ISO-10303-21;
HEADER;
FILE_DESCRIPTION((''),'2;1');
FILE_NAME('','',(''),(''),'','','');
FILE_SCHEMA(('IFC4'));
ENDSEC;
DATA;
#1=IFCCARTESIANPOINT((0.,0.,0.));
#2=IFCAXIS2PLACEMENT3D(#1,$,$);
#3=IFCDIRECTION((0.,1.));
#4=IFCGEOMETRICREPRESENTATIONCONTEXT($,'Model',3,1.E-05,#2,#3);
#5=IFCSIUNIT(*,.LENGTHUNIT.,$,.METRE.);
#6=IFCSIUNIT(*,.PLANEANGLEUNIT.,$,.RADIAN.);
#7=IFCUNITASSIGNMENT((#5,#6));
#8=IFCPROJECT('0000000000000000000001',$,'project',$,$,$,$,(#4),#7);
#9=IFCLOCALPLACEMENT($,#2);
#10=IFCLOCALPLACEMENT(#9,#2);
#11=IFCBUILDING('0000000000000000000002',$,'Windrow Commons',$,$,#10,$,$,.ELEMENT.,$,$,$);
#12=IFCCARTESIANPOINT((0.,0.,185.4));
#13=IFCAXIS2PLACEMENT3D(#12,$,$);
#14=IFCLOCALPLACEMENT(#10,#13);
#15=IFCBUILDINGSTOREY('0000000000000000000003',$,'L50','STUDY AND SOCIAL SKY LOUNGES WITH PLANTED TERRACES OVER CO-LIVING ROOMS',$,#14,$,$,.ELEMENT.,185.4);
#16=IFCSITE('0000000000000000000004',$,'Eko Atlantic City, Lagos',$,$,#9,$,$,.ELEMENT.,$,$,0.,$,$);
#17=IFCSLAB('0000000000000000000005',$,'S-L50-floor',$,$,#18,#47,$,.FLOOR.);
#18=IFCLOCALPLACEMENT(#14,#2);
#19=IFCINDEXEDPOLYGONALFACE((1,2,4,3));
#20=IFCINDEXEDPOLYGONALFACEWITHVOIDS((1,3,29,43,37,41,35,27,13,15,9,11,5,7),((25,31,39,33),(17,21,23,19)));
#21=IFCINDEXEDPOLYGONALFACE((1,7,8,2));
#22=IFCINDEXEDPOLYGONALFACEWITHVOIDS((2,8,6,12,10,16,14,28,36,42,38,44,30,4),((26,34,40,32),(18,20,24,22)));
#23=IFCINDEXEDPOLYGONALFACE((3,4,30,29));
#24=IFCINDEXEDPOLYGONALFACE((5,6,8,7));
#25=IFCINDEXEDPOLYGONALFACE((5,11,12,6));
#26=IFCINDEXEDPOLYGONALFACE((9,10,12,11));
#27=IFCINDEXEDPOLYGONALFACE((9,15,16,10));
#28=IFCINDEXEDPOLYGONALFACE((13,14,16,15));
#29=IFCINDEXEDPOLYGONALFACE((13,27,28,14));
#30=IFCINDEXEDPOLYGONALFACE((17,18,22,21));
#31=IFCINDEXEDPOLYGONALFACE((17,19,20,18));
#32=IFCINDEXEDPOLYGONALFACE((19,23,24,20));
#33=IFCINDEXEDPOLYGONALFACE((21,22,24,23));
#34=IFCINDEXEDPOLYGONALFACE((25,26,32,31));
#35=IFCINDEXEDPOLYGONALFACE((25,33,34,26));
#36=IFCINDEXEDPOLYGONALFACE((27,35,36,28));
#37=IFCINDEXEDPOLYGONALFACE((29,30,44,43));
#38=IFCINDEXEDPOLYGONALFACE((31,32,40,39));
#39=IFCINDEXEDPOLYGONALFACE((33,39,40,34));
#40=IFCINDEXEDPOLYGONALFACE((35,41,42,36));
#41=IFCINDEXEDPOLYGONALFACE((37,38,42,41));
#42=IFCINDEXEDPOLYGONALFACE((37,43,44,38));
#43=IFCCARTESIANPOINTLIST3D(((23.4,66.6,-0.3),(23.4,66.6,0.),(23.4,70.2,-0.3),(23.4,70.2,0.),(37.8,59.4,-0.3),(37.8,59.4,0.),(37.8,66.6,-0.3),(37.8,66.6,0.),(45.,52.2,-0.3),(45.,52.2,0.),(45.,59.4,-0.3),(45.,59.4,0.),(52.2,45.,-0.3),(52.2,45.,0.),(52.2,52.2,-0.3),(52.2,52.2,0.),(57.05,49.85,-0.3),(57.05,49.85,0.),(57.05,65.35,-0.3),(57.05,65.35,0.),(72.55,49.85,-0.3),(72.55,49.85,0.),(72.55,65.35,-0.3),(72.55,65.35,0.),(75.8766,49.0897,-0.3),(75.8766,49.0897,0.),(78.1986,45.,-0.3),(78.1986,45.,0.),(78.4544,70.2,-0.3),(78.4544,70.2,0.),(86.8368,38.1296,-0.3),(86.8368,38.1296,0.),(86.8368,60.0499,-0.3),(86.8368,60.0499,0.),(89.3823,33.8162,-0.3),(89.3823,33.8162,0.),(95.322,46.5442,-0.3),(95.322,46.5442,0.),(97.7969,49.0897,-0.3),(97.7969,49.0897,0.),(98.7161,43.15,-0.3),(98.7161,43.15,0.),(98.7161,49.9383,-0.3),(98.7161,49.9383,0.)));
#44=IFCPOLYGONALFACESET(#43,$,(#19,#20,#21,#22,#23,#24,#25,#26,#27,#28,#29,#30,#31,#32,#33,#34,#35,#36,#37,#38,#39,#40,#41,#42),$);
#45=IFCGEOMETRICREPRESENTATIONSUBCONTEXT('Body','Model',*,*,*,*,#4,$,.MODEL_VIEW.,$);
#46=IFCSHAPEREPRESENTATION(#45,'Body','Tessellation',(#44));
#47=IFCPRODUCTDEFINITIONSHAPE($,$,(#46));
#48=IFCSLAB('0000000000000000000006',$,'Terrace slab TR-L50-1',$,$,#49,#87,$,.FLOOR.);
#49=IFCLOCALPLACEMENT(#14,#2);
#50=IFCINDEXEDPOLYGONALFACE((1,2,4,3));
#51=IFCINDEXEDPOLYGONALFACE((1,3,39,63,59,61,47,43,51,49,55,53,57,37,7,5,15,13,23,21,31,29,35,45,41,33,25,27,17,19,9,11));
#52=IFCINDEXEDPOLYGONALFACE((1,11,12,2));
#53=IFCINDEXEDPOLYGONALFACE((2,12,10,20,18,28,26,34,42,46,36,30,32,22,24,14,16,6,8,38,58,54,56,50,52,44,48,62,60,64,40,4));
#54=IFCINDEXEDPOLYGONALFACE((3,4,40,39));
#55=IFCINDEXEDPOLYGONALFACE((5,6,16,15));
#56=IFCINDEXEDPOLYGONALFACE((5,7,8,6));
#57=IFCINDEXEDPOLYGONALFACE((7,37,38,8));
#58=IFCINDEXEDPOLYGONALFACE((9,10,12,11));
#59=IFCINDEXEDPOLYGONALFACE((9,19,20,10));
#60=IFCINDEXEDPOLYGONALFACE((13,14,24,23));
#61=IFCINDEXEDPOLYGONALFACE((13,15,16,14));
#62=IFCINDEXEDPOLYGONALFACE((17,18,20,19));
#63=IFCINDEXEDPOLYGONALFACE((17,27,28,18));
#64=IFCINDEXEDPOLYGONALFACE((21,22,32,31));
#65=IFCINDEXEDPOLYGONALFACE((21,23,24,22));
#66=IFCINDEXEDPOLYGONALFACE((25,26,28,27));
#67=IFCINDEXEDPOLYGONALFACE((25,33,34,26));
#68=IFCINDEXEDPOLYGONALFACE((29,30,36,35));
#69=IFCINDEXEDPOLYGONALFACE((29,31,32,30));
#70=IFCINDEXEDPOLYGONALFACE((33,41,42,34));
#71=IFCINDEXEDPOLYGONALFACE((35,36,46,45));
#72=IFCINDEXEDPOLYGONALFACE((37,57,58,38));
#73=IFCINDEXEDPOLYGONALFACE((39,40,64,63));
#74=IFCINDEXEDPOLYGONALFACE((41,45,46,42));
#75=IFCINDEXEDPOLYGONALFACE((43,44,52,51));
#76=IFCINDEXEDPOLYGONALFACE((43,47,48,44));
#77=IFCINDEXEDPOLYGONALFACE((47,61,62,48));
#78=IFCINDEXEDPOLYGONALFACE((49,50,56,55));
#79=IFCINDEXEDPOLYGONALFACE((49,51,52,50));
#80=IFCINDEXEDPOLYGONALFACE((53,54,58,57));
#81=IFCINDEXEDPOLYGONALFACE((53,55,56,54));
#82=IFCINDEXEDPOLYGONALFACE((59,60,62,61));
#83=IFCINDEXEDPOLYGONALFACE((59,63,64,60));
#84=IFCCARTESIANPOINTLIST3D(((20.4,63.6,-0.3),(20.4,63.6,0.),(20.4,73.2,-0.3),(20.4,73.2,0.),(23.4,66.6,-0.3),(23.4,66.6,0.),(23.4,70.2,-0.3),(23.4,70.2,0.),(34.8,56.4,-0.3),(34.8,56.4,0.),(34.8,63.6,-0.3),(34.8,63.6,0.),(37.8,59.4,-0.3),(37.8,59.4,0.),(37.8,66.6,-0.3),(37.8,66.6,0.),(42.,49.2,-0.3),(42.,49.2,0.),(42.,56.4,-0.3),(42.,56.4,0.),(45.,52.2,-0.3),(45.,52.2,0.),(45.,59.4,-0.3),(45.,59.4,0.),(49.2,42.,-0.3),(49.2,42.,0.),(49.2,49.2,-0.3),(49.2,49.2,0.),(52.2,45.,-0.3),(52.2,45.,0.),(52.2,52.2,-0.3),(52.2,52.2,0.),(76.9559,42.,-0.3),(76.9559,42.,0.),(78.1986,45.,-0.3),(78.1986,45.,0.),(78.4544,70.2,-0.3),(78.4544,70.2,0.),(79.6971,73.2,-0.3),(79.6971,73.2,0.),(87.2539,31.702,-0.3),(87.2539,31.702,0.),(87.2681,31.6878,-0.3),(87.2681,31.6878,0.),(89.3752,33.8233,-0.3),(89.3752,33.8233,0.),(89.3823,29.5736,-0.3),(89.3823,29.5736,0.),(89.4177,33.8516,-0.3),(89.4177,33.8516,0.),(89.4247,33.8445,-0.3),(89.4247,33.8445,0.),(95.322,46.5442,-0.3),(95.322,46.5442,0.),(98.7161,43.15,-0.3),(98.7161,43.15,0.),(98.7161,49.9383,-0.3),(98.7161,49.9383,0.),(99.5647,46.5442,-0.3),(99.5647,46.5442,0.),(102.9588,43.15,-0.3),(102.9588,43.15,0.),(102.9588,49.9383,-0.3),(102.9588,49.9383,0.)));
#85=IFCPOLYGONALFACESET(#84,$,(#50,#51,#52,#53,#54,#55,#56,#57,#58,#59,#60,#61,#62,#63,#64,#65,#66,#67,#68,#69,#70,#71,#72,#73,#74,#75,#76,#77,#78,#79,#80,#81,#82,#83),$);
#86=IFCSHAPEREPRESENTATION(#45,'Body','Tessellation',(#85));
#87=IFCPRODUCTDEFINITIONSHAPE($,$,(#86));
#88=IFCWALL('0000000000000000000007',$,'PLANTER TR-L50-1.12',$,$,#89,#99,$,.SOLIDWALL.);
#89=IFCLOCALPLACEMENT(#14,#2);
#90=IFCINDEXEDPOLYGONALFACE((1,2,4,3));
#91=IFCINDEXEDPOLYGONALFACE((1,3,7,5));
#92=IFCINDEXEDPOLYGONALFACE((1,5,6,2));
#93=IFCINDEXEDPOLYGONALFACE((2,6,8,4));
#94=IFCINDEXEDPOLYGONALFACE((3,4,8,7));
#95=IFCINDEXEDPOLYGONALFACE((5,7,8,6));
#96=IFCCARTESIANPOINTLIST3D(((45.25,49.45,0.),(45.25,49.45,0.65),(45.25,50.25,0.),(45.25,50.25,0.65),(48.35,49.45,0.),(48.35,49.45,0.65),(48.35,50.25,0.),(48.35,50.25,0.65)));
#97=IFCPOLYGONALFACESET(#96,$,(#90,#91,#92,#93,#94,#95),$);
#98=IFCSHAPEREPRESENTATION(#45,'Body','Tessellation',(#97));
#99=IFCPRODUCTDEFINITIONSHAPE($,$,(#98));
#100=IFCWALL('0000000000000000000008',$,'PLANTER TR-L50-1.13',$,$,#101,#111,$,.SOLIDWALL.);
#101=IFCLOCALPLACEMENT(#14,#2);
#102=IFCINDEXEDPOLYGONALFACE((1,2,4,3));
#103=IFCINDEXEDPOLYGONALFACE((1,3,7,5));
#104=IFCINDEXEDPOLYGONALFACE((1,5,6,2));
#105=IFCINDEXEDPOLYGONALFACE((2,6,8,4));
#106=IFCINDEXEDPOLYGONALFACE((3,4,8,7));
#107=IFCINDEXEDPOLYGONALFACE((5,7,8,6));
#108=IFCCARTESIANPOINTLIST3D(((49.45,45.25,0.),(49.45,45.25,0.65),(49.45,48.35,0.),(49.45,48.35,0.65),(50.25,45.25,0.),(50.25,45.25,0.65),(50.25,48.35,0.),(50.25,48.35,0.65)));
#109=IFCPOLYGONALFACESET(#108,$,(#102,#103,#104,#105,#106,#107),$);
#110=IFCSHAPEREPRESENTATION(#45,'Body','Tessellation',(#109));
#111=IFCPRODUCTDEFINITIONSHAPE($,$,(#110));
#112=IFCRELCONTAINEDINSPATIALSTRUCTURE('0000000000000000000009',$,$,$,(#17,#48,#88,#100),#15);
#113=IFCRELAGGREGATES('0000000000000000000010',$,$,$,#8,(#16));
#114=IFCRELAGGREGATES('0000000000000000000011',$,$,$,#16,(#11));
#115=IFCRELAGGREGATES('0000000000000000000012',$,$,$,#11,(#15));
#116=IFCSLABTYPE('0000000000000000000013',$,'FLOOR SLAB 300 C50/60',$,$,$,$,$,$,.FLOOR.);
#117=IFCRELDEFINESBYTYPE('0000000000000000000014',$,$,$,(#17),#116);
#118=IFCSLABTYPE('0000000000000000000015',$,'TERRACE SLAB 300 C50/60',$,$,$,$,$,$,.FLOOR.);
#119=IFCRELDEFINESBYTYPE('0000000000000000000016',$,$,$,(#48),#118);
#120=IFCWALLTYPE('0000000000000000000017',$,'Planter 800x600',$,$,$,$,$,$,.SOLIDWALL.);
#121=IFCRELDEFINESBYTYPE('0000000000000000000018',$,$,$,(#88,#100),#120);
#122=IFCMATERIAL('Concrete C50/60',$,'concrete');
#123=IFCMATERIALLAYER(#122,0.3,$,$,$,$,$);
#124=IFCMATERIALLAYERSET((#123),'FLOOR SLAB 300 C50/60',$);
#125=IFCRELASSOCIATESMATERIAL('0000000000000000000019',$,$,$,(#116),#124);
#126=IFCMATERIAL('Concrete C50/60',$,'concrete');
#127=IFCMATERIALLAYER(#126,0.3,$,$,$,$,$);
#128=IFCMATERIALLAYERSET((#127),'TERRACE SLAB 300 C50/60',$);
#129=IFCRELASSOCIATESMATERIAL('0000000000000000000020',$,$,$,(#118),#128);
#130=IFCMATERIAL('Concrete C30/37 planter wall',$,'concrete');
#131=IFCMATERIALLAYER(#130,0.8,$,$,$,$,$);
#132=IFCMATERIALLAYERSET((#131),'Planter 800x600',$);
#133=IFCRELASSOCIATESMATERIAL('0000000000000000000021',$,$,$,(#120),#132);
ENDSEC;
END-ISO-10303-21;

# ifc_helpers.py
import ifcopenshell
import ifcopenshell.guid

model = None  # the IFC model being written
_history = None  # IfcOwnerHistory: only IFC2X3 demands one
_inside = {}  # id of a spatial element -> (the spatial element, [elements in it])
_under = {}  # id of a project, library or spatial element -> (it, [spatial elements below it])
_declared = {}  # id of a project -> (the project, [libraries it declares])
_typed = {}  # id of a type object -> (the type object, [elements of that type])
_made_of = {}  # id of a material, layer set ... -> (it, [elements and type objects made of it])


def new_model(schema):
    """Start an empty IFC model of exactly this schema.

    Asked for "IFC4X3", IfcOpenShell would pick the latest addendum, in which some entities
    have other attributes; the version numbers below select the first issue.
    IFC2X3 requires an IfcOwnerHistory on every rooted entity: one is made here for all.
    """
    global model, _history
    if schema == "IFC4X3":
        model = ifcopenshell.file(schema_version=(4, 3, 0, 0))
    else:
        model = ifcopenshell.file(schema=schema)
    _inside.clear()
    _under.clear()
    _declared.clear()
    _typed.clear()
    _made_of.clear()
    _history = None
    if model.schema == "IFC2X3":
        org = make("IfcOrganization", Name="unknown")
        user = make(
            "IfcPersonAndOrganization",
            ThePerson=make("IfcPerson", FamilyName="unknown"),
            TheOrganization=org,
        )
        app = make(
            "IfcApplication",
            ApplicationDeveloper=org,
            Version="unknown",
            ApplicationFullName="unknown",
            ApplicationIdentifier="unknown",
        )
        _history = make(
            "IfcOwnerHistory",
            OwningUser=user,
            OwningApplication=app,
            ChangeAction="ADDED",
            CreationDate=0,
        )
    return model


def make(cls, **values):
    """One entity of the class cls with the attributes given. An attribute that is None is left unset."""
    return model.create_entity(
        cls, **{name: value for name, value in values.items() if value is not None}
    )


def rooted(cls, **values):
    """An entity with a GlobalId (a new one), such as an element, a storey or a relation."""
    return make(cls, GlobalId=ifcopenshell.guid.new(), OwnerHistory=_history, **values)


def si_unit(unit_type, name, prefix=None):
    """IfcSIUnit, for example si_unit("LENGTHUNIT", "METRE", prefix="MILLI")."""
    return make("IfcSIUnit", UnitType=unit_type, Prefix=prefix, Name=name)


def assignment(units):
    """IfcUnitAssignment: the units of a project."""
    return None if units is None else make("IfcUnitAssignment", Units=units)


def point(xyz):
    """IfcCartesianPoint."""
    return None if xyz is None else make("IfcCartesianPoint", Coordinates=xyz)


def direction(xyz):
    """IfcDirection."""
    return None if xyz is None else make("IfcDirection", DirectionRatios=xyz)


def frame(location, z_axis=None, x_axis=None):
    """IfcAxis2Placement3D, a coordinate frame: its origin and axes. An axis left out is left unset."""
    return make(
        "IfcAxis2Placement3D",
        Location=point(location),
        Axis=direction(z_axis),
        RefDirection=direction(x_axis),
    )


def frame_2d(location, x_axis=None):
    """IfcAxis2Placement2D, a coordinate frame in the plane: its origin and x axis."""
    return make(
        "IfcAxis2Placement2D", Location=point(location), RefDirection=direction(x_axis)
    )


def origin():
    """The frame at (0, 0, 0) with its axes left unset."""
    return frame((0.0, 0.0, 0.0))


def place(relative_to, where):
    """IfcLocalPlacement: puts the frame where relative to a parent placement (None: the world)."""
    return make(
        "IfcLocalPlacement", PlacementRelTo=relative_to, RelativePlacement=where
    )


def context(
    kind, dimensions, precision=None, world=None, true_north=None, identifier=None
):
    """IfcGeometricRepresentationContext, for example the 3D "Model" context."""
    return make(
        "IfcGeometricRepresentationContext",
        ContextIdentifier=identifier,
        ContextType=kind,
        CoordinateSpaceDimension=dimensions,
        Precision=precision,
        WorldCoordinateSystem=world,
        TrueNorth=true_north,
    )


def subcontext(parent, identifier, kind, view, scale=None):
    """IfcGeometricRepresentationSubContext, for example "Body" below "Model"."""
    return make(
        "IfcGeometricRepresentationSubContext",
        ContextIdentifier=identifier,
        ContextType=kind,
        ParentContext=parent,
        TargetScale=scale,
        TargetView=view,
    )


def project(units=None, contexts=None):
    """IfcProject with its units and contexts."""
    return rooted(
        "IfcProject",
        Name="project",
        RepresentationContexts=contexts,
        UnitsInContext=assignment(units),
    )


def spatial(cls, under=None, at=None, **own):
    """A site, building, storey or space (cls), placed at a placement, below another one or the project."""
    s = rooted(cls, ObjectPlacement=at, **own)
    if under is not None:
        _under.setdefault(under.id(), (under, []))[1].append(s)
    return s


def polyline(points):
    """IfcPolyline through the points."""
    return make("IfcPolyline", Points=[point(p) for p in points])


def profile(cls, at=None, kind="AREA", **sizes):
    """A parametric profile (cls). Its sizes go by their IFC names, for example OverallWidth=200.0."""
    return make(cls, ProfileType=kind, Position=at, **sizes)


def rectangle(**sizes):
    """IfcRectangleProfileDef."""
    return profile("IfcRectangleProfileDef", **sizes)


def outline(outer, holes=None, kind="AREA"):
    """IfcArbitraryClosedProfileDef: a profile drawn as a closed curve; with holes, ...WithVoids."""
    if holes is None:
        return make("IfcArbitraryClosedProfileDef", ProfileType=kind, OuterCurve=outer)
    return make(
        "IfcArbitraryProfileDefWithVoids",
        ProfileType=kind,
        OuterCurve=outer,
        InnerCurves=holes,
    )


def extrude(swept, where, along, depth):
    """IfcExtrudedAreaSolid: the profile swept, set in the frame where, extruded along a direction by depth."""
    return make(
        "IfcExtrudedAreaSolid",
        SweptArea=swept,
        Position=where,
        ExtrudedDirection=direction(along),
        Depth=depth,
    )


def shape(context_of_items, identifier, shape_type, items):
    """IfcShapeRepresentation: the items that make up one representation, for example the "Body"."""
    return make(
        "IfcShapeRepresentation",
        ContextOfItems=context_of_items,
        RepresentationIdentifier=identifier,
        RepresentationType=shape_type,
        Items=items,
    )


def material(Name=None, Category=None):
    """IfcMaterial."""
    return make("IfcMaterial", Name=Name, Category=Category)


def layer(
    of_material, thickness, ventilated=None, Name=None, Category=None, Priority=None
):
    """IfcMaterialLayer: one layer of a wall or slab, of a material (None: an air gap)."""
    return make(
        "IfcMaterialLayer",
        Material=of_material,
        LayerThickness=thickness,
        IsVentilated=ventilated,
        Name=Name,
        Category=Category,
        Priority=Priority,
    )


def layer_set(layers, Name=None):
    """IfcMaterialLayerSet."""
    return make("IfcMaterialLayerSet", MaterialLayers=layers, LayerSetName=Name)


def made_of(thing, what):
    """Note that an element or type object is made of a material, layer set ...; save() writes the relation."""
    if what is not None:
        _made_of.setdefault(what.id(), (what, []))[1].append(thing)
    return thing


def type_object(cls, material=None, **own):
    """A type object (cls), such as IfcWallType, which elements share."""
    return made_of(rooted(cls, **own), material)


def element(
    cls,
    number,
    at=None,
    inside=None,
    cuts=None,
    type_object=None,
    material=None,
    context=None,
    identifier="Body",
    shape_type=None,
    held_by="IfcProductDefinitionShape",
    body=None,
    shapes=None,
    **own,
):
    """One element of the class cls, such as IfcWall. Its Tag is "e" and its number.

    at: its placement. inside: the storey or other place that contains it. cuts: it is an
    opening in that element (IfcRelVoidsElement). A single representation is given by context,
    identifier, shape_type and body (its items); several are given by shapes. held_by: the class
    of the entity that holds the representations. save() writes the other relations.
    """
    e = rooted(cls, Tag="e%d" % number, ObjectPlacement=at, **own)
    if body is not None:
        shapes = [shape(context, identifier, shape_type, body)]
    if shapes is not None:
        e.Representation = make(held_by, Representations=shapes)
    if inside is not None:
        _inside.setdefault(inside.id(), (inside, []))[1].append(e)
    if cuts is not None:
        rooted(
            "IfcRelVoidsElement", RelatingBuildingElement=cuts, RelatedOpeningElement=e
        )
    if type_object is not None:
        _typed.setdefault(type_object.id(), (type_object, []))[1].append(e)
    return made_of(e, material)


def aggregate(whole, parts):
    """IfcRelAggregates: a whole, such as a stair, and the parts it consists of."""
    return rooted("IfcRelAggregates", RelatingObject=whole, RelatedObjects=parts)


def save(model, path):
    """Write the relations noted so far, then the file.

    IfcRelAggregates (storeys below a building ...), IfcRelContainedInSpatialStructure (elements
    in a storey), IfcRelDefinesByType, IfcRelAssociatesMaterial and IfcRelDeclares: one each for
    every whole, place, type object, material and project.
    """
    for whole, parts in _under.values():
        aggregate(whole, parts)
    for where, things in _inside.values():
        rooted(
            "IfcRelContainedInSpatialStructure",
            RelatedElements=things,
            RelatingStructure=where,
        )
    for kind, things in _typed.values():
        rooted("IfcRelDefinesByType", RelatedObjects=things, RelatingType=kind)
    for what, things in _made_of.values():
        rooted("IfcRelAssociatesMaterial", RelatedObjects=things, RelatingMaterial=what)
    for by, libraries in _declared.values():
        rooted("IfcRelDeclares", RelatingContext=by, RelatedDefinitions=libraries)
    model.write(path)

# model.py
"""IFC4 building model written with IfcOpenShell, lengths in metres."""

from ifc_helpers import new_model, si_unit, direction, frame, frame_2d, origin, place, context, subcontext, project, spatial, polyline, rectangle, outline, extrude, material, layer, layer_set, type_object, element, save


model = new_model("IFC4")

# Units and contexts
model_context = context("Model", 3, precision=1e-05, world=origin(), true_north=direction((0.0, 1.0)))
body_context = subcontext(model_context, "Body", "Model", "MODEL_VIEW")
ifc_project = project(units=[si_unit("LENGTHUNIT", "METRE"), si_unit("PLANEANGLEUNIT", "RADIAN")], contexts=[model_context])

# Site, building, storey
site_placement = place(None, origin())
site = spatial("IfcSite", under=ifc_project, at=site_placement, Name="Eko Atlantic City, Lagos", CompositionType="ELEMENT", RefElevation=0.0)
building_placement = place(site_placement, origin())
building = spatial("IfcBuilding", under=site, at=building_placement, Name="Windrow Commons", CompositionType="ELEMENT")
storey_placement = place(building_placement, frame((0.0, 0.0, 185.4)))
storey = spatial("IfcBuildingStorey", under=building, at=storey_placement, Name="L50", Description="STUDY AND SOCIAL SKY LOUNGES WITH PLANTED TERRACES OVER CO-LIVING ROOMS", CompositionType="ELEMENT", Elevation=185.4)

# Shared definitions
placement_1 = place(storey_placement, frame((0.0, 0.0, -0.3)))

# Slab, openings
ifc_material_1 = material(Name="Concrete C50/60", Category="concrete")
ifc_layer_1 = layer(ifc_material_1, 0.3)
ifc_layer_set_1 = layer_set([ifc_layer_1], Name="FLOOR SLAB 300 C50/60")
slab_type_1 = type_object("IfcSlabType", Name="FLOOR SLAB 300 C50/60", PredefinedType="FLOOR", material=ifc_layer_set_1)
slab_1 = element("IfcSlab", 1, at=placement_1, inside=storey, type_object=slab_type_1, Name="S-L50-floor", PredefinedType="FLOOR", context=body_context, shape_type="SweptSolid", body=[
    extrude(outline(polyline([(89.3823, 33.8162), (98.7161, 43.15), (95.322, 46.5442), (98.7161, 49.9383), (78.4544, 70.2), (23.4, 70.2), (23.4, 66.6), (37.8, 66.6), (37.8, 59.4), (45.0, 59.4), (45.0, 52.2), (52.2, 52.2), (52.2, 45.0), (78.1986, 45.0), (89.3823, 33.8162)]), holes=[polyline([(75.8766, 49.0897), (86.8368, 60.0499), (97.7969, 49.0897), (86.8368, 38.1296), (75.8766, 49.0897)]), polyline([(57.05, 49.85), (57.05, 65.35), (72.55, 65.35), (72.55, 49.85), (57.05, 49.85)])]), origin(), (0.0, 0.0, 1.0), 0.3),
])
opening_1_placement = place(placement_1, origin())
element("IfcOpeningElement", 2, at=opening_1_placement, cuts=slab_1, PredefinedType="OPENING", context=body_context, shape_type="SweptSolid", body=[
    extrude(outline(polyline([(75.8837, 49.0897), (86.8368, 60.0428), (97.7898, 49.0897), (86.8368, 38.1367), (75.8837, 49.0897)])), origin(), (0.0, 0.0, 1.0), 0.3),
])
opening_2_placement = place(placement_1, origin())
element("IfcOpeningElement", 3, at=opening_2_placement, cuts=slab_1, PredefinedType="OPENING", context=body_context, shape_type="SweptSolid", body=[
    extrude(outline(polyline([(57.055, 49.855), (57.055, 65.345), (72.545, 65.345), (72.545, 49.855), (57.055, 49.855)])), origin(), (0.0, 0.0, 1.0), 0.3),
])

# Slab
ifc_material_2 = material(Name="Concrete C50/60", Category="concrete")
ifc_layer_2 = layer(ifc_material_2, 0.3)
ifc_layer_set_2 = layer_set([ifc_layer_2], Name="TERRACE SLAB 300 C50/60")
slab_type_2 = type_object("IfcSlabType", Name="TERRACE SLAB 300 C50/60", PredefinedType="FLOOR", material=ifc_layer_set_2)
element("IfcSlab", 4, at=placement_1, inside=storey, type_object=slab_type_2, Name="Terrace slab TR-L50-1", PredefinedType="FLOOR", context=body_context, shape_type="SweptSolid", body=[
    extrude(outline(polyline([(49.2, 49.2), (49.2, 42.0), (76.9559, 42.0), (87.2539, 31.702), (89.3752, 33.8233), (78.1986, 45.0), (52.2, 45.0), (52.2, 52.2), (45.0, 52.2), (45.0, 59.4), (37.8, 59.4), (37.8, 66.6), (23.4, 66.6), (23.4, 70.2), (78.4544, 70.2), (98.7161, 49.9383), (95.322, 46.5442), (98.7161, 43.15), (89.4177, 33.8516), (89.4247, 33.8445), (87.2681, 31.6878), (89.3823, 29.5736), (102.9588, 43.15), (99.5647, 46.5442), (102.9588, 49.9383), (79.6971, 73.2), (20.4, 73.2), (20.4, 63.6), (34.8, 63.6), (34.8, 56.4), (42.0, 56.4), (42.0, 49.2), (49.2, 49.2)])), origin(), (0.0, 0.0, 1.0), 0.3),
])

# Walls
ifc_material_3 = material(Name="Concrete C30/37 planter wall", Category="concrete")
ifc_layer_3 = layer(ifc_material_3, 0.8)
ifc_layer_set_3 = layer_set([ifc_layer_3], Name="Planter 800x600")
wall_type = type_object("IfcWallType", Name="Planter 800x600", PredefinedType="SOLIDWALL", material=ifc_layer_set_3)
for number, where, z_axis, x_axis, name in (
    (5, (45.25, 49.85, 0.0), (0.0, 0.0, 1.0), (1.0, 0.0, 0.0), "PLANTER TR-L50-1.12"),
    (6, (49.85, 48.35, 0.0), (0.0, 0.0, 1.0), (0.0, -1.0, 0.0), "PLANTER TR-L50-1.13"),
):
    element("IfcWall", number, at=place(storey_placement, frame(where, z_axis=z_axis, x_axis=x_axis)), inside=storey, type_object=wall_type, Name=name, PredefinedType="SOLIDWALL", context=body_context, shape_type="SweptSolid", body=[
        extrude(rectangle(XDim=3.1, YDim=0.8, at=frame_2d((1.55, 0.0))), origin(), (0.0, 0.0, 1.0), 0.65),
    ])

save(model, "model.ifc")
